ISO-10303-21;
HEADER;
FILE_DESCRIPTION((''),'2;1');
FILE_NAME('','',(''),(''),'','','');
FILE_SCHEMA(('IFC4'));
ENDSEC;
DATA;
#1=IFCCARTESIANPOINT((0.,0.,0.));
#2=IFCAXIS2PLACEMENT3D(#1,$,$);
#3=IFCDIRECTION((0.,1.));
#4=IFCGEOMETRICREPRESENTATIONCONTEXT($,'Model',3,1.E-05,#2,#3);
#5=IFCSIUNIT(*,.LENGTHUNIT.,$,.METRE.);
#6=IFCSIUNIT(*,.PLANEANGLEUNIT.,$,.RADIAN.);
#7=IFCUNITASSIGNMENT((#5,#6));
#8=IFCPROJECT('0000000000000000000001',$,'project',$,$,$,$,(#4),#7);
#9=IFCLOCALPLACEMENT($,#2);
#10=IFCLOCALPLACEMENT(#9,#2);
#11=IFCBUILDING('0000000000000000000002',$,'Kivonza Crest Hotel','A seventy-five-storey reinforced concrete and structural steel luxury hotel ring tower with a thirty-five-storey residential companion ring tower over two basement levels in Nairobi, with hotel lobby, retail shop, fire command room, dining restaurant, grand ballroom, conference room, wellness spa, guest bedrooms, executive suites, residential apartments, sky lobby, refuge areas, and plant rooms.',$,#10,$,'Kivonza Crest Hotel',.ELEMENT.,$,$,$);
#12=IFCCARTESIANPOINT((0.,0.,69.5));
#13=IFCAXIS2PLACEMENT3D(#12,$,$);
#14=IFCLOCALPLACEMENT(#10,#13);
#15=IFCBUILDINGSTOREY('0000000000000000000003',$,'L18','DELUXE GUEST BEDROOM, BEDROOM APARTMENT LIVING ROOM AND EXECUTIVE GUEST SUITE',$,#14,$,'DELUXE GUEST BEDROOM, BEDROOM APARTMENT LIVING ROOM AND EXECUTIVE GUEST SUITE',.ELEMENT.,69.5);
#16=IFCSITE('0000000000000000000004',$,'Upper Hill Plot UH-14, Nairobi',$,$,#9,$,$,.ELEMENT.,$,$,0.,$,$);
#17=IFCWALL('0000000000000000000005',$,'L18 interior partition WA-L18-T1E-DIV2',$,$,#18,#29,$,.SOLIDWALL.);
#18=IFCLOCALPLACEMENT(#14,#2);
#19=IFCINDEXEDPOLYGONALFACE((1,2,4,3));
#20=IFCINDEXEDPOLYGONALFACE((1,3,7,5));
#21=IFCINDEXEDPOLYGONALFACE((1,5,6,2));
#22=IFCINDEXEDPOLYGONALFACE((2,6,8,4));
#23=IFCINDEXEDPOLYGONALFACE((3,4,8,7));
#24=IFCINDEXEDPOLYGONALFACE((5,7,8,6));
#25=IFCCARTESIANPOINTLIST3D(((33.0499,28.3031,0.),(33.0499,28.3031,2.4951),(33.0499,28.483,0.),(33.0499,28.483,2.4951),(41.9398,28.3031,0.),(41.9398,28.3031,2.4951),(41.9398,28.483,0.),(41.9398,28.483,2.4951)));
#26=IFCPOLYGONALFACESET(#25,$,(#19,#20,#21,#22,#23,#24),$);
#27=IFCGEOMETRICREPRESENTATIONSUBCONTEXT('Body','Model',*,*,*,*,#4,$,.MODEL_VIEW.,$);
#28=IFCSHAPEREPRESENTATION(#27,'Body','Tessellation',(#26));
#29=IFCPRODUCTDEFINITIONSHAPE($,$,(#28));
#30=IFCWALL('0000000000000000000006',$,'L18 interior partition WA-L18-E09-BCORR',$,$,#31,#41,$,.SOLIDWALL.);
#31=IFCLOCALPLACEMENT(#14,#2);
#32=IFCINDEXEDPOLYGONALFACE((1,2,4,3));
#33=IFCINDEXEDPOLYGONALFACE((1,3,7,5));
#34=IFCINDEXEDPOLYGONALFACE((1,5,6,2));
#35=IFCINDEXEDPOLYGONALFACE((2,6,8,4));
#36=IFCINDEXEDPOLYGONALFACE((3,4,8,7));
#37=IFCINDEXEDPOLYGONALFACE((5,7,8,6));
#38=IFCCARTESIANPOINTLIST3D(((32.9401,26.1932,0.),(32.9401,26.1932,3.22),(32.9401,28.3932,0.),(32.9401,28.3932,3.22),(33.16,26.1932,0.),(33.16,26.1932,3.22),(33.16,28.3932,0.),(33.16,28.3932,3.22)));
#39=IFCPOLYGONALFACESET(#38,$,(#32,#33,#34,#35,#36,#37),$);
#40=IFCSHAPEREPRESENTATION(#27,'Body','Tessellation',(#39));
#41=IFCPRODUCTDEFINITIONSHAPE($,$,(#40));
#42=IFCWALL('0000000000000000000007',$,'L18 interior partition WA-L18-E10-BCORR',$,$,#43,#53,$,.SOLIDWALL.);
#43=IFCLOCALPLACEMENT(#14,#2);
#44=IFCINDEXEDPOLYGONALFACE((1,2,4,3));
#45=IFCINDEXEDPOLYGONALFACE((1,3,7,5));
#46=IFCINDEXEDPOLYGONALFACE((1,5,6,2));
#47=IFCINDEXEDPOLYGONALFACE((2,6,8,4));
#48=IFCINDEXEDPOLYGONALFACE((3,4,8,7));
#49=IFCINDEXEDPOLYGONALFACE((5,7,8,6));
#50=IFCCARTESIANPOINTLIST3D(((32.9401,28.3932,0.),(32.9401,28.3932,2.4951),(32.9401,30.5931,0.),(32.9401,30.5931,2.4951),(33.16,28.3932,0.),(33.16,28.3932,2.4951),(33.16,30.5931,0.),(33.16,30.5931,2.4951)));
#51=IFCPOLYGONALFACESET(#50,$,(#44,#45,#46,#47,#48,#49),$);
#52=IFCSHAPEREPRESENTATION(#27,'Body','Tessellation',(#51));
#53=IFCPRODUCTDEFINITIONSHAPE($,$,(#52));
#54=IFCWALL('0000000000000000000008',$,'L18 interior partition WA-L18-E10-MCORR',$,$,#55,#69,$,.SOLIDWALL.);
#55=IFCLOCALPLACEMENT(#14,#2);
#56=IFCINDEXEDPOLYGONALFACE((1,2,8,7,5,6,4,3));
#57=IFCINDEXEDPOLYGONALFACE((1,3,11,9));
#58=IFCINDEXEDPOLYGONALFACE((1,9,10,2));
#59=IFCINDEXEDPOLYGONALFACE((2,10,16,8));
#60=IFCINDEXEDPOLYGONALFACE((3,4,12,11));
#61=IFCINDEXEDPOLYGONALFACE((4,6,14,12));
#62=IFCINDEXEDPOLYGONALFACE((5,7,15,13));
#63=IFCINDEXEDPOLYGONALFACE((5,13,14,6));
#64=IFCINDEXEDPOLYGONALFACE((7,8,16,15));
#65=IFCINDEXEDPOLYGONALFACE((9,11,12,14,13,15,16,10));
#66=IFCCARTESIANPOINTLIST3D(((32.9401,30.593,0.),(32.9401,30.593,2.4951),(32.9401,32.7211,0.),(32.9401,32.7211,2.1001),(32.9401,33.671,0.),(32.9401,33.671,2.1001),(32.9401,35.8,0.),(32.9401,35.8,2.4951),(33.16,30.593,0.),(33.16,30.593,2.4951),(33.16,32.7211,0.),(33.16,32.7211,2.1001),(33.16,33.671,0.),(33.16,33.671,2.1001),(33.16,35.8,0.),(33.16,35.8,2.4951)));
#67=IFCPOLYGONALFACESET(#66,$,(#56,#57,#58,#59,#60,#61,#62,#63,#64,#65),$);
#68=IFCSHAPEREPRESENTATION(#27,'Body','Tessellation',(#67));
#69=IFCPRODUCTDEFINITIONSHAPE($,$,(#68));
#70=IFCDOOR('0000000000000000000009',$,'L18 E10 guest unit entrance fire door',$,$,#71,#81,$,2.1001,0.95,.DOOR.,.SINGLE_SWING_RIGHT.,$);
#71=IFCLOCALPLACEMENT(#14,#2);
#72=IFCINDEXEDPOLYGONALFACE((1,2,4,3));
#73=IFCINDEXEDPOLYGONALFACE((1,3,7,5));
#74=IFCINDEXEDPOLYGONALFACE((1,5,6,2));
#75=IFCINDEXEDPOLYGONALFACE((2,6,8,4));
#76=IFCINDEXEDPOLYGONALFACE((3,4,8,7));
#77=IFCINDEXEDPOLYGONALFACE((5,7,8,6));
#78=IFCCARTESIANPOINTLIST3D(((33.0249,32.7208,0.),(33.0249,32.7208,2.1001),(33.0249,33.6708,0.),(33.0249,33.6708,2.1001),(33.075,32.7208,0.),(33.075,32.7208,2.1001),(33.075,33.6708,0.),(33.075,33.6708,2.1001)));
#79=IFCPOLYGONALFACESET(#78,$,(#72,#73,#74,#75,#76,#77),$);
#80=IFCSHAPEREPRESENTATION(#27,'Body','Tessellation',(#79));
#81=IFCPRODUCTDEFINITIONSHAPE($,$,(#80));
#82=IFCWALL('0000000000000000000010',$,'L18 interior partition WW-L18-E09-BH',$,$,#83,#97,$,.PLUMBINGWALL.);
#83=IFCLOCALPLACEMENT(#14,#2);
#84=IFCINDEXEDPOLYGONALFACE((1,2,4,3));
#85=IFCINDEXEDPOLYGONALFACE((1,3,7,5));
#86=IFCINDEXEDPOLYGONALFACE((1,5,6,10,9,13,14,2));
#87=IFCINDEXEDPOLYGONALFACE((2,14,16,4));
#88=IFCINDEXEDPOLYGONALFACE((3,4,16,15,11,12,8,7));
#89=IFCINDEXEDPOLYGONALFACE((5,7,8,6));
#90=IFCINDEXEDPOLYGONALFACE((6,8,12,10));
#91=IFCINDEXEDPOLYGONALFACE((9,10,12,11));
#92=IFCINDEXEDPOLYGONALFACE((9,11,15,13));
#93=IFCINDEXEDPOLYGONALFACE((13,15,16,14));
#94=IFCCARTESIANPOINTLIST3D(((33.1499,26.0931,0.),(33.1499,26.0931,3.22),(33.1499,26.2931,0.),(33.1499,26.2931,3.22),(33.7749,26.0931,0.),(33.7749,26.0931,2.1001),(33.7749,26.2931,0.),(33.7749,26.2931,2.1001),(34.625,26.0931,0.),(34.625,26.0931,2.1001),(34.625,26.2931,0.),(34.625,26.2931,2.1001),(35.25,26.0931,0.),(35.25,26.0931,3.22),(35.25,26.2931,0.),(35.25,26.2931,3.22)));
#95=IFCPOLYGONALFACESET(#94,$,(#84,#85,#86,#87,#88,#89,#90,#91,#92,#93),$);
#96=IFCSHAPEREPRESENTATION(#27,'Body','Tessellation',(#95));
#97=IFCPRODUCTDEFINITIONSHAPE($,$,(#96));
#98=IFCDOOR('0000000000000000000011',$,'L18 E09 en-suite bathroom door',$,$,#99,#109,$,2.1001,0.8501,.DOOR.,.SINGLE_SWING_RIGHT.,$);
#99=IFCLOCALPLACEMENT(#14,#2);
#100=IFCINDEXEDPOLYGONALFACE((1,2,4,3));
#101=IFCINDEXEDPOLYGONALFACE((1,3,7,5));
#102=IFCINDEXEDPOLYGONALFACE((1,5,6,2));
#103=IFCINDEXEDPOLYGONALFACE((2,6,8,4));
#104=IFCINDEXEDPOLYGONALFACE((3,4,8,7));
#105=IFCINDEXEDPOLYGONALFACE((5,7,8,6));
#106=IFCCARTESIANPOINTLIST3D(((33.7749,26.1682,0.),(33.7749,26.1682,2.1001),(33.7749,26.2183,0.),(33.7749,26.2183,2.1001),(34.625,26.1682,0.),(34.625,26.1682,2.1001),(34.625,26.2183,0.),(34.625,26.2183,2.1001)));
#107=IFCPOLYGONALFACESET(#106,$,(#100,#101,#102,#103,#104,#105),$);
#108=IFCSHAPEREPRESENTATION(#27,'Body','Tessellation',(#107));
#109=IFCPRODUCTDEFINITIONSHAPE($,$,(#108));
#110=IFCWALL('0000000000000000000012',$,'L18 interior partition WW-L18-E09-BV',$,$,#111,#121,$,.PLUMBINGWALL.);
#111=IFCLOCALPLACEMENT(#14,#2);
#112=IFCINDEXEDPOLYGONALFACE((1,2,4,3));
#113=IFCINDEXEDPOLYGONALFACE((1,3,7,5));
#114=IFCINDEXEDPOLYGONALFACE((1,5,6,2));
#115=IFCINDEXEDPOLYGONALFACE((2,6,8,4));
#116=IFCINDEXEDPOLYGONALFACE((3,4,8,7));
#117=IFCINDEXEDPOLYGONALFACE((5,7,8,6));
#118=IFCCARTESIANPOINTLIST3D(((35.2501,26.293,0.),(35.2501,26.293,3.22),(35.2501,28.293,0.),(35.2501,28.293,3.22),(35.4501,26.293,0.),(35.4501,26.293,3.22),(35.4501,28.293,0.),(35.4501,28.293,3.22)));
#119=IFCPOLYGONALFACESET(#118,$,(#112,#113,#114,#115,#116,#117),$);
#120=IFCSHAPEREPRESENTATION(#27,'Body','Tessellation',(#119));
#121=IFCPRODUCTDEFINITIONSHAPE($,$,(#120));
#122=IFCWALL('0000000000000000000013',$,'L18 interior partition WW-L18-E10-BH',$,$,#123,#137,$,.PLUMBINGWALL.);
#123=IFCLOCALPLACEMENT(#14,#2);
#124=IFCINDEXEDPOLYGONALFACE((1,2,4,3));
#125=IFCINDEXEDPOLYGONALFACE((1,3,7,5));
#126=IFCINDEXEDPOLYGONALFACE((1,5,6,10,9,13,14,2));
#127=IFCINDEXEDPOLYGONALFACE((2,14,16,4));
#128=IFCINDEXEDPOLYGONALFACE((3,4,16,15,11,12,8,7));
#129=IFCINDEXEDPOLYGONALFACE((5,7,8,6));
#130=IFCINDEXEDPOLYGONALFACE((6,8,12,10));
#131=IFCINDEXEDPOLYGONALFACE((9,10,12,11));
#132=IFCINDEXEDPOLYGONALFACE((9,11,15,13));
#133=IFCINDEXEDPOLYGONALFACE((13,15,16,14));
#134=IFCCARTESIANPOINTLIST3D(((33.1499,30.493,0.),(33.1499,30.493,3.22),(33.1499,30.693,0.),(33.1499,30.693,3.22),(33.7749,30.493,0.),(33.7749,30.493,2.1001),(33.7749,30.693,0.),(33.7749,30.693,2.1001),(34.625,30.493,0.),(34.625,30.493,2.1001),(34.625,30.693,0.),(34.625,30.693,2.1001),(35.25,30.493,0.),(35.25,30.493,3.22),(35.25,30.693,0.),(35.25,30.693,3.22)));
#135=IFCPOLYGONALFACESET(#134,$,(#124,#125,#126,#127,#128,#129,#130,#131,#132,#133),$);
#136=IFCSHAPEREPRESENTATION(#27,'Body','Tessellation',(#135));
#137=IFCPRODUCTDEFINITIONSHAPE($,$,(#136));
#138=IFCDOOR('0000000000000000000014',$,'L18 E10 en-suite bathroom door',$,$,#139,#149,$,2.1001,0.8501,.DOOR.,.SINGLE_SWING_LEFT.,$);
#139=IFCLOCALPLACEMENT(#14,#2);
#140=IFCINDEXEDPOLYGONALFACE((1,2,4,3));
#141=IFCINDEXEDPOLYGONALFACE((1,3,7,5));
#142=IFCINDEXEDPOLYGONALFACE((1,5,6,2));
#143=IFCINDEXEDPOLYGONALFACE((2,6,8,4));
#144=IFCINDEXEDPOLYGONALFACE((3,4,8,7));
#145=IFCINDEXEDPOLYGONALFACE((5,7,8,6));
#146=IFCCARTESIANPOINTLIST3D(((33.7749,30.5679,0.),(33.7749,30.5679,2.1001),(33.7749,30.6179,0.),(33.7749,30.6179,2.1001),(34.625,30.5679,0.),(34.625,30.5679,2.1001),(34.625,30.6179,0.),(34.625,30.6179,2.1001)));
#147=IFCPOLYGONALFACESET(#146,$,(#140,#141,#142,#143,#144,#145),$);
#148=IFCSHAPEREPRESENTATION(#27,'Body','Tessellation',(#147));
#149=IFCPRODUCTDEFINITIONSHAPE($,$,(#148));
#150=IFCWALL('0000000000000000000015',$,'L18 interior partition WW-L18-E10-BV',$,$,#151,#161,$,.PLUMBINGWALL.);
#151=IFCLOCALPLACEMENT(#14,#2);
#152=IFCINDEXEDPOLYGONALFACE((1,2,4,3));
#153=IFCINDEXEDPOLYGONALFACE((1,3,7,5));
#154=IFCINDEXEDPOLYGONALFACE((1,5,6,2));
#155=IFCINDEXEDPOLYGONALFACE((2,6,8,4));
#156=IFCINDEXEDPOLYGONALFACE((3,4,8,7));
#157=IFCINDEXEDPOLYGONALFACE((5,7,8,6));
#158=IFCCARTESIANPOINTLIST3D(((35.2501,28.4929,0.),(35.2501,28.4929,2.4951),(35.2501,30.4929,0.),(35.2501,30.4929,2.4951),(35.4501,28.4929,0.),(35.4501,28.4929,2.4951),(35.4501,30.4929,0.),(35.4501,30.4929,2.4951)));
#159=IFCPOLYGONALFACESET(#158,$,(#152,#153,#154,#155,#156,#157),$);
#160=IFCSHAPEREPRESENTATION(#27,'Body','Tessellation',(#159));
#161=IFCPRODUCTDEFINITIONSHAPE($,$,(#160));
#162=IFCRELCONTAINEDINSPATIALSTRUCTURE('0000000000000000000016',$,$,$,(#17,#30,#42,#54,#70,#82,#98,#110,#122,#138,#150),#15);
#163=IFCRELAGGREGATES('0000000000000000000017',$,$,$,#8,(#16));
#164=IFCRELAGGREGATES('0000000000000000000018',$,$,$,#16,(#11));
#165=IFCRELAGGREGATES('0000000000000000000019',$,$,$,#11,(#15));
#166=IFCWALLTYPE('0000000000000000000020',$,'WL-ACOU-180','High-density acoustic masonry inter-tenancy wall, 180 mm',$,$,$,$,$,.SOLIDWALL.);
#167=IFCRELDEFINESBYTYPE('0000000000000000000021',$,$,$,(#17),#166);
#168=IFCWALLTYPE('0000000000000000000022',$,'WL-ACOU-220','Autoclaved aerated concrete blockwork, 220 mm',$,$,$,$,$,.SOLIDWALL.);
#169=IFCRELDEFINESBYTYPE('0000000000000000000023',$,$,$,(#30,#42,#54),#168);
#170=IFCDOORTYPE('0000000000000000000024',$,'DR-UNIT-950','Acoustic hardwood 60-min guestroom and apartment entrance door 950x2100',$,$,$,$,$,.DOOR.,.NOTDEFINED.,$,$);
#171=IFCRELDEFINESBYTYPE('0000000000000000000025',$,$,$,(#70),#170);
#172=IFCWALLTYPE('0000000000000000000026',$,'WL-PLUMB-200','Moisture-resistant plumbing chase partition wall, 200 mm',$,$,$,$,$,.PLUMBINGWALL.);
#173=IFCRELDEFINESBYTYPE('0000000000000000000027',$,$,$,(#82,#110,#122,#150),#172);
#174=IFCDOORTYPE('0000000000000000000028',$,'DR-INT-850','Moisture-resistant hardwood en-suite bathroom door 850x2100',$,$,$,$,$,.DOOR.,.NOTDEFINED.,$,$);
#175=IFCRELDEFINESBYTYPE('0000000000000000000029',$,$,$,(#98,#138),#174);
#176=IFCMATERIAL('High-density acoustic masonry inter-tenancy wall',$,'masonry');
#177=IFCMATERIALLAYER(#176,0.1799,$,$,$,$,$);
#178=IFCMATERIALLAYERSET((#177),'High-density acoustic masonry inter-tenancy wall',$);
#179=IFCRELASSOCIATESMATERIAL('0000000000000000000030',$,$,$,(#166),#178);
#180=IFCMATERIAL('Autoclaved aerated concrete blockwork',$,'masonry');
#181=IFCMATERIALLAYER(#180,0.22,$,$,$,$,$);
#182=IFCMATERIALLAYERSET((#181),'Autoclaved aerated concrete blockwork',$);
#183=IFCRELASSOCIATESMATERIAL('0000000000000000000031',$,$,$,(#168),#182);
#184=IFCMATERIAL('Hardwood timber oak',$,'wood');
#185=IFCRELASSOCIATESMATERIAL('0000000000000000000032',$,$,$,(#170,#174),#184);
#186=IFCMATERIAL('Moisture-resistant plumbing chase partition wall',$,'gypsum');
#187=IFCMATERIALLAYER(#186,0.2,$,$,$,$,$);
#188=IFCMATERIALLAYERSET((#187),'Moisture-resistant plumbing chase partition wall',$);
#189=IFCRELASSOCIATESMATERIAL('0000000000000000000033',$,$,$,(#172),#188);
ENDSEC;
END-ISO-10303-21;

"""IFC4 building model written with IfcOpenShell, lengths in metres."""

from ifc_helpers import new_model, si_unit, direction, frame, frame_2d, origin, place, context, subcontext, project, spatial, rectangle, extrude, material, layer, layer_set, type_object, element, fill, save


model = new_model("IFC4")

# Units and contexts
model_context = context("Model", 3, precision=1e-05, world=origin(), true_north=direction((0.0, 1.0)))
body_context = subcontext(model_context, "Body", "Model", "MODEL_VIEW")
ifc_project = project(units=[si_unit("LENGTHUNIT", "METRE"), si_unit("PLANEANGLEUNIT", "RADIAN")], contexts=[model_context])

# Site, building, storey
site_placement = place(None, origin())
site = spatial("IfcSite", under=ifc_project, at=site_placement, Name="Upper Hill Plot UH-14, Nairobi", CompositionType="ELEMENT", RefElevation=0.0)
building_placement = place(site_placement, origin())
building = spatial("IfcBuilding", under=site, at=building_placement, Name="Kivonza Crest Hotel", Description="A seventy-five-storey reinforced concrete and structural steel luxury hotel ring tower with a thirty-five-storey residential companion ring tower over two basement levels in Nairobi, with hotel lobby, retail shop, fire command room, dining restaurant, grand ballroom, conference room, wellness spa, guest bedrooms, executive suites, residential apartments, sky lobby, refuge areas, and plant rooms.", LongName="Kivonza Crest Hotel", CompositionType="ELEMENT")
storey_placement = place(building_placement, frame((0.0, 0.0, 69.5)))
storey = spatial("IfcBuildingStorey", under=building, at=storey_placement, Name="L18", Description="DELUXE GUEST BEDROOM, BEDROOM APARTMENT LIVING ROOM AND EXECUTIVE GUEST SUITE", LongName="DELUXE GUEST BEDROOM, BEDROOM APARTMENT LIVING ROOM AND EXECUTIVE GUEST SUITE", CompositionType="ELEMENT", Elevation=69.5)

# Walls
ifc_material_1 = material(Name="High-density acoustic masonry inter-tenancy wall", Category="masonry")
ifc_layer_1 = layer(ifc_material_1, 0.1799)
ifc_layer_set_1 = layer_set([ifc_layer_1], Name="High-density acoustic masonry inter-tenancy wall")
wall_type_1 = type_object("IfcWallType", Name="WL-ACOU-180", Description="High-density acoustic masonry inter-tenancy wall, 180 mm", PredefinedType="SOLIDWALL", material=ifc_layer_set_1)
wall_1_placement = place(storey_placement, frame((33.05, 28.3931, 0.0), z_axis=(0.0, 0.0, 1.0), x_axis=(1.0, 0.0, 0.0)))
element("IfcWall", 1, at=wall_1_placement, inside=storey, type_object=wall_type_1, Name="L18 interior partition WA-L18-T1E-DIV2", PredefinedType="SOLIDWALL", context=body_context, shape_type="SweptSolid", body=[
    extrude(rectangle(XDim=8.8899, YDim=0.1799, at=frame_2d((4.4448, 0.0))), origin(), (0.0, 0.0, 1.0), 2.4951),
])
ifc_material_2 = material(Name="Autoclaved aerated concrete blockwork", Category="masonry")
ifc_layer_2 = layer(ifc_material_2, 0.22)
ifc_layer_set_2 = layer_set([ifc_layer_2], Name="Autoclaved aerated concrete blockwork")
wall_type_2 = type_object("IfcWallType", Name="WL-ACOU-220", Description="Autoclaved aerated concrete blockwork, 220 mm", PredefinedType="SOLIDWALL", material=ifc_layer_set_2)
wall_2_placement = place(storey_placement, frame((33.05, 26.1931, 0.0), z_axis=(0.0, 0.0, 1.0), x_axis=(0.0, 1.0, 0.0)))
element("IfcWall", 2, at=wall_2_placement, inside=storey, type_object=wall_type_2, Name="L18 interior partition WA-L18-E09-BCORR", PredefinedType="SOLIDWALL", context=body_context, shape_type="SweptSolid", body=[
    extrude(rectangle(XDim=2.2, YDim=0.22, at=frame_2d((1.1001, 0.0))), origin(), (0.0, 0.0, 1.0), 3.22),
])
wall_3_placement = place(storey_placement, frame((33.05, 28.3931, 0.0), z_axis=(0.0, 0.0, 1.0), x_axis=(0.0, 1.0, 0.0)))
element("IfcWall", 3, at=wall_3_placement, inside=storey, type_object=wall_type_2, Name="L18 interior partition WA-L18-E10-BCORR", PredefinedType="SOLIDWALL", context=body_context, shape_type="SweptSolid", body=[
    extrude(rectangle(XDim=2.2, YDim=0.22, at=frame_2d((1.1001, 0.0))), origin(), (0.0, 0.0, 1.0), 2.4951),
])

# Walls, openings, doors
wall_4_placement = place(storey_placement, frame((33.05, 30.593, 0.0), z_axis=(0.0, 0.0, 1.0), x_axis=(0.0, 1.0, 0.0)))
wall_4 = element("IfcWall", 4, at=wall_4_placement, inside=storey, type_object=wall_type_2, Name="L18 interior partition WA-L18-E10-MCORR", PredefinedType="SOLIDWALL", context=body_context, shape_type="SweptSolid", body=[
    extrude(rectangle(XDim=5.207, YDim=0.22, at=frame_2d((2.6035, 0.0))), origin(), (0.0, 0.0, 1.0), 2.4951),
])
opening_1_placement = place(wall_4_placement, frame((2.1279, 0.0, 0.0)))
opening_1 = element("IfcOpeningElement", 5, at=opening_1_placement, cuts=wall_4, PredefinedType="OPENING", context=body_context, shape_type="SweptSolid", body=[
    extrude(rectangle(XDim=0.95, YDim=2.1001, at=frame_2d((0.4751, 1.05))), frame((0.0, 0.1201, 0.0), z_axis=(0.0, -1.0, 0.0), x_axis=(1.0, 0.0, 0.0)), (0.0, 0.0, 1.0), 0.24),
])
ifc_material_3 = material(Name="Hardwood timber oak", Category="wood")
door_type_1 = type_object("IfcDoorType", Name="DR-UNIT-950", Description="Acoustic hardwood 60-min guestroom and apartment entrance door 950x2100", OperationType="NOTDEFINED", PredefinedType="DOOR", material=ifc_material_3)
door_1_placement = place(opening_1_placement, frame((0.95, 0.0, 0.0), z_axis=(0.0, 0.0, 1.0), x_axis=(-1.0, 0.0, 0.0)))
door_1 = element("IfcDoor", 6, at=door_1_placement, inside=storey, type_object=door_type_1, Name="L18 E10 guest unit entrance fire door", OperationType="SINGLE_SWING_RIGHT", OverallHeight=2.1001, OverallWidth=0.95, PredefinedType="DOOR", context=body_context, shape_type="SweptSolid", body=[
    extrude(rectangle(XDim=0.95, YDim=2.1001, at=frame_2d((0.4751, 1.05))), frame((0.0, 0.0249, 0.0), z_axis=(0.0, -1.0, 0.0), x_axis=(1.0, 0.0, 0.0)), (0.0, 0.0, 1.0), 0.05),
])
fill(opening_1, door_1)
ifc_material_4 = material(Name="Moisture-resistant plumbing chase partition wall", Category="gypsum")
ifc_layer_3 = layer(ifc_material_4, 0.2)
ifc_layer_set_3 = layer_set([ifc_layer_3], Name="Moisture-resistant plumbing chase partition wall")
wall_type_3 = type_object("IfcWallType", Name="WL-PLUMB-200", Description="Moisture-resistant plumbing chase partition wall, 200 mm", PredefinedType="PLUMBINGWALL", material=ifc_layer_set_3)
wall_5_placement = place(storey_placement, frame((33.1499, 26.1931, 0.0), z_axis=(0.0, 0.0, 1.0), x_axis=(1.0, 0.0, 0.0)))
wall_5 = element("IfcWall", 7, at=wall_5_placement, inside=storey, type_object=wall_type_3, Name="L18 interior partition WW-L18-E09-BH", PredefinedType="PLUMBINGWALL", context=body_context, shape_type="SweptSolid", body=[
    extrude(rectangle(XDim=2.1001, YDim=0.2, at=frame_2d((1.05, 0.0))), origin(), (0.0, 0.0, 1.0), 3.22),
])
opening_2_placement = place(wall_5_placement, frame((0.625, 0.0, 0.0)))
opening_2 = element("IfcOpeningElement", 8, at=opening_2_placement, cuts=wall_5, PredefinedType="OPENING", context=body_context, shape_type="SweptSolid", body=[
    extrude(rectangle(XDim=0.8501, YDim=2.1001, at=frame_2d((0.425, 1.05))), frame((0.0, 0.1099, 0.0), z_axis=(0.0, -1.0, 0.0), x_axis=(1.0, 0.0, 0.0)), (0.0, 0.0, 1.0), 0.22),
])
door_type_2 = type_object("IfcDoorType", Name="DR-INT-850", Description="Moisture-resistant hardwood en-suite bathroom door 850x2100", OperationType="NOTDEFINED", PredefinedType="DOOR", material=ifc_material_3)
door_2_placement = place(opening_2_placement, frame((0.8501, 0.0, 0.0), z_axis=(0.0, 0.0, 1.0), x_axis=(-1.0, 0.0, 0.0)))
door_2 = element("IfcDoor", 9, at=door_2_placement, inside=storey, type_object=door_type_2, Name="L18 E09 en-suite bathroom door", OperationType="SINGLE_SWING_RIGHT", OverallHeight=2.1001, OverallWidth=0.8501, PredefinedType="DOOR", context=body_context, shape_type="SweptSolid", body=[
    extrude(rectangle(XDim=0.8501, YDim=2.1001, at=frame_2d((0.425, 1.05))), frame((0.0, 0.0249, 0.0), z_axis=(0.0, -1.0, 0.0), x_axis=(1.0, 0.0, 0.0)), (0.0, 0.0, 1.0), 0.05),
])
fill(opening_2, door_2)

# Wall
wall_6_placement = place(storey_placement, frame((35.3501, 26.293, 0.0), z_axis=(0.0, 0.0, 1.0), x_axis=(0.0, 1.0, 0.0)))
element("IfcWall", 10, at=wall_6_placement, inside=storey, type_object=wall_type_3, Name="L18 interior partition WW-L18-E09-BV", PredefinedType="PLUMBINGWALL", context=body_context, shape_type="SweptSolid", body=[
    extrude(rectangle(XDim=2.0, YDim=0.2, at=frame_2d((1.0, 0.0))), origin(), (0.0, 0.0, 1.0), 3.22),
])

# Wall, opening, door
wall_7_placement = place(storey_placement, frame((33.1499, 30.593, 0.0), z_axis=(0.0, 0.0, 1.0), x_axis=(1.0, 0.0, 0.0)))
wall_7 = element("IfcWall", 11, at=wall_7_placement, inside=storey, type_object=wall_type_3, Name="L18 interior partition WW-L18-E10-BH", PredefinedType="PLUMBINGWALL", context=body_context, shape_type="SweptSolid", body=[
    extrude(rectangle(XDim=2.1001, YDim=0.2, at=frame_2d((1.05, 0.0))), origin(), (0.0, 0.0, 1.0), 3.22),
])
opening_3_placement = place(wall_7_placement, frame((0.625, 0.0, 0.0)))
opening_3 = element("IfcOpeningElement", 12, at=opening_3_placement, cuts=wall_7, PredefinedType="OPENING", context=body_context, shape_type="SweptSolid", body=[
    extrude(rectangle(XDim=0.8501, YDim=2.1001, at=frame_2d((0.425, 1.05))), frame((0.0, 0.1099, 0.0), z_axis=(0.0, -1.0, 0.0), x_axis=(1.0, 0.0, 0.0)), (0.0, 0.0, 1.0), 0.22),
])
door_3_placement = place(opening_3_placement, origin())
door_3 = element("IfcDoor", 13, at=door_3_placement, inside=storey, type_object=door_type_2, Name="L18 E10 en-suite bathroom door", OperationType="SINGLE_SWING_LEFT", OverallHeight=2.1001, OverallWidth=0.8501, PredefinedType="DOOR", context=body_context, shape_type="SweptSolid", body=[
    extrude(rectangle(XDim=0.8501, YDim=2.1001, at=frame_2d((0.425, 1.05))), frame((0.0, 0.0249, 0.0), z_axis=(0.0, -1.0, 0.0), x_axis=(1.0, 0.0, 0.0)), (0.0, 0.0, 1.0), 0.05),
])
fill(opening_3, door_3)

# Wall
wall_8_placement = place(storey_placement, frame((35.3501, 28.4929, 0.0), z_axis=(0.0, 0.0, 1.0), x_axis=(0.0, 1.0, 0.0)))
element("IfcWall", 14, at=wall_8_placement, inside=storey, type_object=wall_type_3, Name="L18 interior partition WW-L18-E10-BV", PredefinedType="PLUMBINGWALL", context=body_context, shape_type="SweptSolid", body=[
    extrude(rectangle(XDim=2.0, YDim=0.2, at=frame_2d((1.0, 0.0))), origin(), (0.0, 0.0, 1.0), 2.4951),
])

save(model, "model.ifc")
